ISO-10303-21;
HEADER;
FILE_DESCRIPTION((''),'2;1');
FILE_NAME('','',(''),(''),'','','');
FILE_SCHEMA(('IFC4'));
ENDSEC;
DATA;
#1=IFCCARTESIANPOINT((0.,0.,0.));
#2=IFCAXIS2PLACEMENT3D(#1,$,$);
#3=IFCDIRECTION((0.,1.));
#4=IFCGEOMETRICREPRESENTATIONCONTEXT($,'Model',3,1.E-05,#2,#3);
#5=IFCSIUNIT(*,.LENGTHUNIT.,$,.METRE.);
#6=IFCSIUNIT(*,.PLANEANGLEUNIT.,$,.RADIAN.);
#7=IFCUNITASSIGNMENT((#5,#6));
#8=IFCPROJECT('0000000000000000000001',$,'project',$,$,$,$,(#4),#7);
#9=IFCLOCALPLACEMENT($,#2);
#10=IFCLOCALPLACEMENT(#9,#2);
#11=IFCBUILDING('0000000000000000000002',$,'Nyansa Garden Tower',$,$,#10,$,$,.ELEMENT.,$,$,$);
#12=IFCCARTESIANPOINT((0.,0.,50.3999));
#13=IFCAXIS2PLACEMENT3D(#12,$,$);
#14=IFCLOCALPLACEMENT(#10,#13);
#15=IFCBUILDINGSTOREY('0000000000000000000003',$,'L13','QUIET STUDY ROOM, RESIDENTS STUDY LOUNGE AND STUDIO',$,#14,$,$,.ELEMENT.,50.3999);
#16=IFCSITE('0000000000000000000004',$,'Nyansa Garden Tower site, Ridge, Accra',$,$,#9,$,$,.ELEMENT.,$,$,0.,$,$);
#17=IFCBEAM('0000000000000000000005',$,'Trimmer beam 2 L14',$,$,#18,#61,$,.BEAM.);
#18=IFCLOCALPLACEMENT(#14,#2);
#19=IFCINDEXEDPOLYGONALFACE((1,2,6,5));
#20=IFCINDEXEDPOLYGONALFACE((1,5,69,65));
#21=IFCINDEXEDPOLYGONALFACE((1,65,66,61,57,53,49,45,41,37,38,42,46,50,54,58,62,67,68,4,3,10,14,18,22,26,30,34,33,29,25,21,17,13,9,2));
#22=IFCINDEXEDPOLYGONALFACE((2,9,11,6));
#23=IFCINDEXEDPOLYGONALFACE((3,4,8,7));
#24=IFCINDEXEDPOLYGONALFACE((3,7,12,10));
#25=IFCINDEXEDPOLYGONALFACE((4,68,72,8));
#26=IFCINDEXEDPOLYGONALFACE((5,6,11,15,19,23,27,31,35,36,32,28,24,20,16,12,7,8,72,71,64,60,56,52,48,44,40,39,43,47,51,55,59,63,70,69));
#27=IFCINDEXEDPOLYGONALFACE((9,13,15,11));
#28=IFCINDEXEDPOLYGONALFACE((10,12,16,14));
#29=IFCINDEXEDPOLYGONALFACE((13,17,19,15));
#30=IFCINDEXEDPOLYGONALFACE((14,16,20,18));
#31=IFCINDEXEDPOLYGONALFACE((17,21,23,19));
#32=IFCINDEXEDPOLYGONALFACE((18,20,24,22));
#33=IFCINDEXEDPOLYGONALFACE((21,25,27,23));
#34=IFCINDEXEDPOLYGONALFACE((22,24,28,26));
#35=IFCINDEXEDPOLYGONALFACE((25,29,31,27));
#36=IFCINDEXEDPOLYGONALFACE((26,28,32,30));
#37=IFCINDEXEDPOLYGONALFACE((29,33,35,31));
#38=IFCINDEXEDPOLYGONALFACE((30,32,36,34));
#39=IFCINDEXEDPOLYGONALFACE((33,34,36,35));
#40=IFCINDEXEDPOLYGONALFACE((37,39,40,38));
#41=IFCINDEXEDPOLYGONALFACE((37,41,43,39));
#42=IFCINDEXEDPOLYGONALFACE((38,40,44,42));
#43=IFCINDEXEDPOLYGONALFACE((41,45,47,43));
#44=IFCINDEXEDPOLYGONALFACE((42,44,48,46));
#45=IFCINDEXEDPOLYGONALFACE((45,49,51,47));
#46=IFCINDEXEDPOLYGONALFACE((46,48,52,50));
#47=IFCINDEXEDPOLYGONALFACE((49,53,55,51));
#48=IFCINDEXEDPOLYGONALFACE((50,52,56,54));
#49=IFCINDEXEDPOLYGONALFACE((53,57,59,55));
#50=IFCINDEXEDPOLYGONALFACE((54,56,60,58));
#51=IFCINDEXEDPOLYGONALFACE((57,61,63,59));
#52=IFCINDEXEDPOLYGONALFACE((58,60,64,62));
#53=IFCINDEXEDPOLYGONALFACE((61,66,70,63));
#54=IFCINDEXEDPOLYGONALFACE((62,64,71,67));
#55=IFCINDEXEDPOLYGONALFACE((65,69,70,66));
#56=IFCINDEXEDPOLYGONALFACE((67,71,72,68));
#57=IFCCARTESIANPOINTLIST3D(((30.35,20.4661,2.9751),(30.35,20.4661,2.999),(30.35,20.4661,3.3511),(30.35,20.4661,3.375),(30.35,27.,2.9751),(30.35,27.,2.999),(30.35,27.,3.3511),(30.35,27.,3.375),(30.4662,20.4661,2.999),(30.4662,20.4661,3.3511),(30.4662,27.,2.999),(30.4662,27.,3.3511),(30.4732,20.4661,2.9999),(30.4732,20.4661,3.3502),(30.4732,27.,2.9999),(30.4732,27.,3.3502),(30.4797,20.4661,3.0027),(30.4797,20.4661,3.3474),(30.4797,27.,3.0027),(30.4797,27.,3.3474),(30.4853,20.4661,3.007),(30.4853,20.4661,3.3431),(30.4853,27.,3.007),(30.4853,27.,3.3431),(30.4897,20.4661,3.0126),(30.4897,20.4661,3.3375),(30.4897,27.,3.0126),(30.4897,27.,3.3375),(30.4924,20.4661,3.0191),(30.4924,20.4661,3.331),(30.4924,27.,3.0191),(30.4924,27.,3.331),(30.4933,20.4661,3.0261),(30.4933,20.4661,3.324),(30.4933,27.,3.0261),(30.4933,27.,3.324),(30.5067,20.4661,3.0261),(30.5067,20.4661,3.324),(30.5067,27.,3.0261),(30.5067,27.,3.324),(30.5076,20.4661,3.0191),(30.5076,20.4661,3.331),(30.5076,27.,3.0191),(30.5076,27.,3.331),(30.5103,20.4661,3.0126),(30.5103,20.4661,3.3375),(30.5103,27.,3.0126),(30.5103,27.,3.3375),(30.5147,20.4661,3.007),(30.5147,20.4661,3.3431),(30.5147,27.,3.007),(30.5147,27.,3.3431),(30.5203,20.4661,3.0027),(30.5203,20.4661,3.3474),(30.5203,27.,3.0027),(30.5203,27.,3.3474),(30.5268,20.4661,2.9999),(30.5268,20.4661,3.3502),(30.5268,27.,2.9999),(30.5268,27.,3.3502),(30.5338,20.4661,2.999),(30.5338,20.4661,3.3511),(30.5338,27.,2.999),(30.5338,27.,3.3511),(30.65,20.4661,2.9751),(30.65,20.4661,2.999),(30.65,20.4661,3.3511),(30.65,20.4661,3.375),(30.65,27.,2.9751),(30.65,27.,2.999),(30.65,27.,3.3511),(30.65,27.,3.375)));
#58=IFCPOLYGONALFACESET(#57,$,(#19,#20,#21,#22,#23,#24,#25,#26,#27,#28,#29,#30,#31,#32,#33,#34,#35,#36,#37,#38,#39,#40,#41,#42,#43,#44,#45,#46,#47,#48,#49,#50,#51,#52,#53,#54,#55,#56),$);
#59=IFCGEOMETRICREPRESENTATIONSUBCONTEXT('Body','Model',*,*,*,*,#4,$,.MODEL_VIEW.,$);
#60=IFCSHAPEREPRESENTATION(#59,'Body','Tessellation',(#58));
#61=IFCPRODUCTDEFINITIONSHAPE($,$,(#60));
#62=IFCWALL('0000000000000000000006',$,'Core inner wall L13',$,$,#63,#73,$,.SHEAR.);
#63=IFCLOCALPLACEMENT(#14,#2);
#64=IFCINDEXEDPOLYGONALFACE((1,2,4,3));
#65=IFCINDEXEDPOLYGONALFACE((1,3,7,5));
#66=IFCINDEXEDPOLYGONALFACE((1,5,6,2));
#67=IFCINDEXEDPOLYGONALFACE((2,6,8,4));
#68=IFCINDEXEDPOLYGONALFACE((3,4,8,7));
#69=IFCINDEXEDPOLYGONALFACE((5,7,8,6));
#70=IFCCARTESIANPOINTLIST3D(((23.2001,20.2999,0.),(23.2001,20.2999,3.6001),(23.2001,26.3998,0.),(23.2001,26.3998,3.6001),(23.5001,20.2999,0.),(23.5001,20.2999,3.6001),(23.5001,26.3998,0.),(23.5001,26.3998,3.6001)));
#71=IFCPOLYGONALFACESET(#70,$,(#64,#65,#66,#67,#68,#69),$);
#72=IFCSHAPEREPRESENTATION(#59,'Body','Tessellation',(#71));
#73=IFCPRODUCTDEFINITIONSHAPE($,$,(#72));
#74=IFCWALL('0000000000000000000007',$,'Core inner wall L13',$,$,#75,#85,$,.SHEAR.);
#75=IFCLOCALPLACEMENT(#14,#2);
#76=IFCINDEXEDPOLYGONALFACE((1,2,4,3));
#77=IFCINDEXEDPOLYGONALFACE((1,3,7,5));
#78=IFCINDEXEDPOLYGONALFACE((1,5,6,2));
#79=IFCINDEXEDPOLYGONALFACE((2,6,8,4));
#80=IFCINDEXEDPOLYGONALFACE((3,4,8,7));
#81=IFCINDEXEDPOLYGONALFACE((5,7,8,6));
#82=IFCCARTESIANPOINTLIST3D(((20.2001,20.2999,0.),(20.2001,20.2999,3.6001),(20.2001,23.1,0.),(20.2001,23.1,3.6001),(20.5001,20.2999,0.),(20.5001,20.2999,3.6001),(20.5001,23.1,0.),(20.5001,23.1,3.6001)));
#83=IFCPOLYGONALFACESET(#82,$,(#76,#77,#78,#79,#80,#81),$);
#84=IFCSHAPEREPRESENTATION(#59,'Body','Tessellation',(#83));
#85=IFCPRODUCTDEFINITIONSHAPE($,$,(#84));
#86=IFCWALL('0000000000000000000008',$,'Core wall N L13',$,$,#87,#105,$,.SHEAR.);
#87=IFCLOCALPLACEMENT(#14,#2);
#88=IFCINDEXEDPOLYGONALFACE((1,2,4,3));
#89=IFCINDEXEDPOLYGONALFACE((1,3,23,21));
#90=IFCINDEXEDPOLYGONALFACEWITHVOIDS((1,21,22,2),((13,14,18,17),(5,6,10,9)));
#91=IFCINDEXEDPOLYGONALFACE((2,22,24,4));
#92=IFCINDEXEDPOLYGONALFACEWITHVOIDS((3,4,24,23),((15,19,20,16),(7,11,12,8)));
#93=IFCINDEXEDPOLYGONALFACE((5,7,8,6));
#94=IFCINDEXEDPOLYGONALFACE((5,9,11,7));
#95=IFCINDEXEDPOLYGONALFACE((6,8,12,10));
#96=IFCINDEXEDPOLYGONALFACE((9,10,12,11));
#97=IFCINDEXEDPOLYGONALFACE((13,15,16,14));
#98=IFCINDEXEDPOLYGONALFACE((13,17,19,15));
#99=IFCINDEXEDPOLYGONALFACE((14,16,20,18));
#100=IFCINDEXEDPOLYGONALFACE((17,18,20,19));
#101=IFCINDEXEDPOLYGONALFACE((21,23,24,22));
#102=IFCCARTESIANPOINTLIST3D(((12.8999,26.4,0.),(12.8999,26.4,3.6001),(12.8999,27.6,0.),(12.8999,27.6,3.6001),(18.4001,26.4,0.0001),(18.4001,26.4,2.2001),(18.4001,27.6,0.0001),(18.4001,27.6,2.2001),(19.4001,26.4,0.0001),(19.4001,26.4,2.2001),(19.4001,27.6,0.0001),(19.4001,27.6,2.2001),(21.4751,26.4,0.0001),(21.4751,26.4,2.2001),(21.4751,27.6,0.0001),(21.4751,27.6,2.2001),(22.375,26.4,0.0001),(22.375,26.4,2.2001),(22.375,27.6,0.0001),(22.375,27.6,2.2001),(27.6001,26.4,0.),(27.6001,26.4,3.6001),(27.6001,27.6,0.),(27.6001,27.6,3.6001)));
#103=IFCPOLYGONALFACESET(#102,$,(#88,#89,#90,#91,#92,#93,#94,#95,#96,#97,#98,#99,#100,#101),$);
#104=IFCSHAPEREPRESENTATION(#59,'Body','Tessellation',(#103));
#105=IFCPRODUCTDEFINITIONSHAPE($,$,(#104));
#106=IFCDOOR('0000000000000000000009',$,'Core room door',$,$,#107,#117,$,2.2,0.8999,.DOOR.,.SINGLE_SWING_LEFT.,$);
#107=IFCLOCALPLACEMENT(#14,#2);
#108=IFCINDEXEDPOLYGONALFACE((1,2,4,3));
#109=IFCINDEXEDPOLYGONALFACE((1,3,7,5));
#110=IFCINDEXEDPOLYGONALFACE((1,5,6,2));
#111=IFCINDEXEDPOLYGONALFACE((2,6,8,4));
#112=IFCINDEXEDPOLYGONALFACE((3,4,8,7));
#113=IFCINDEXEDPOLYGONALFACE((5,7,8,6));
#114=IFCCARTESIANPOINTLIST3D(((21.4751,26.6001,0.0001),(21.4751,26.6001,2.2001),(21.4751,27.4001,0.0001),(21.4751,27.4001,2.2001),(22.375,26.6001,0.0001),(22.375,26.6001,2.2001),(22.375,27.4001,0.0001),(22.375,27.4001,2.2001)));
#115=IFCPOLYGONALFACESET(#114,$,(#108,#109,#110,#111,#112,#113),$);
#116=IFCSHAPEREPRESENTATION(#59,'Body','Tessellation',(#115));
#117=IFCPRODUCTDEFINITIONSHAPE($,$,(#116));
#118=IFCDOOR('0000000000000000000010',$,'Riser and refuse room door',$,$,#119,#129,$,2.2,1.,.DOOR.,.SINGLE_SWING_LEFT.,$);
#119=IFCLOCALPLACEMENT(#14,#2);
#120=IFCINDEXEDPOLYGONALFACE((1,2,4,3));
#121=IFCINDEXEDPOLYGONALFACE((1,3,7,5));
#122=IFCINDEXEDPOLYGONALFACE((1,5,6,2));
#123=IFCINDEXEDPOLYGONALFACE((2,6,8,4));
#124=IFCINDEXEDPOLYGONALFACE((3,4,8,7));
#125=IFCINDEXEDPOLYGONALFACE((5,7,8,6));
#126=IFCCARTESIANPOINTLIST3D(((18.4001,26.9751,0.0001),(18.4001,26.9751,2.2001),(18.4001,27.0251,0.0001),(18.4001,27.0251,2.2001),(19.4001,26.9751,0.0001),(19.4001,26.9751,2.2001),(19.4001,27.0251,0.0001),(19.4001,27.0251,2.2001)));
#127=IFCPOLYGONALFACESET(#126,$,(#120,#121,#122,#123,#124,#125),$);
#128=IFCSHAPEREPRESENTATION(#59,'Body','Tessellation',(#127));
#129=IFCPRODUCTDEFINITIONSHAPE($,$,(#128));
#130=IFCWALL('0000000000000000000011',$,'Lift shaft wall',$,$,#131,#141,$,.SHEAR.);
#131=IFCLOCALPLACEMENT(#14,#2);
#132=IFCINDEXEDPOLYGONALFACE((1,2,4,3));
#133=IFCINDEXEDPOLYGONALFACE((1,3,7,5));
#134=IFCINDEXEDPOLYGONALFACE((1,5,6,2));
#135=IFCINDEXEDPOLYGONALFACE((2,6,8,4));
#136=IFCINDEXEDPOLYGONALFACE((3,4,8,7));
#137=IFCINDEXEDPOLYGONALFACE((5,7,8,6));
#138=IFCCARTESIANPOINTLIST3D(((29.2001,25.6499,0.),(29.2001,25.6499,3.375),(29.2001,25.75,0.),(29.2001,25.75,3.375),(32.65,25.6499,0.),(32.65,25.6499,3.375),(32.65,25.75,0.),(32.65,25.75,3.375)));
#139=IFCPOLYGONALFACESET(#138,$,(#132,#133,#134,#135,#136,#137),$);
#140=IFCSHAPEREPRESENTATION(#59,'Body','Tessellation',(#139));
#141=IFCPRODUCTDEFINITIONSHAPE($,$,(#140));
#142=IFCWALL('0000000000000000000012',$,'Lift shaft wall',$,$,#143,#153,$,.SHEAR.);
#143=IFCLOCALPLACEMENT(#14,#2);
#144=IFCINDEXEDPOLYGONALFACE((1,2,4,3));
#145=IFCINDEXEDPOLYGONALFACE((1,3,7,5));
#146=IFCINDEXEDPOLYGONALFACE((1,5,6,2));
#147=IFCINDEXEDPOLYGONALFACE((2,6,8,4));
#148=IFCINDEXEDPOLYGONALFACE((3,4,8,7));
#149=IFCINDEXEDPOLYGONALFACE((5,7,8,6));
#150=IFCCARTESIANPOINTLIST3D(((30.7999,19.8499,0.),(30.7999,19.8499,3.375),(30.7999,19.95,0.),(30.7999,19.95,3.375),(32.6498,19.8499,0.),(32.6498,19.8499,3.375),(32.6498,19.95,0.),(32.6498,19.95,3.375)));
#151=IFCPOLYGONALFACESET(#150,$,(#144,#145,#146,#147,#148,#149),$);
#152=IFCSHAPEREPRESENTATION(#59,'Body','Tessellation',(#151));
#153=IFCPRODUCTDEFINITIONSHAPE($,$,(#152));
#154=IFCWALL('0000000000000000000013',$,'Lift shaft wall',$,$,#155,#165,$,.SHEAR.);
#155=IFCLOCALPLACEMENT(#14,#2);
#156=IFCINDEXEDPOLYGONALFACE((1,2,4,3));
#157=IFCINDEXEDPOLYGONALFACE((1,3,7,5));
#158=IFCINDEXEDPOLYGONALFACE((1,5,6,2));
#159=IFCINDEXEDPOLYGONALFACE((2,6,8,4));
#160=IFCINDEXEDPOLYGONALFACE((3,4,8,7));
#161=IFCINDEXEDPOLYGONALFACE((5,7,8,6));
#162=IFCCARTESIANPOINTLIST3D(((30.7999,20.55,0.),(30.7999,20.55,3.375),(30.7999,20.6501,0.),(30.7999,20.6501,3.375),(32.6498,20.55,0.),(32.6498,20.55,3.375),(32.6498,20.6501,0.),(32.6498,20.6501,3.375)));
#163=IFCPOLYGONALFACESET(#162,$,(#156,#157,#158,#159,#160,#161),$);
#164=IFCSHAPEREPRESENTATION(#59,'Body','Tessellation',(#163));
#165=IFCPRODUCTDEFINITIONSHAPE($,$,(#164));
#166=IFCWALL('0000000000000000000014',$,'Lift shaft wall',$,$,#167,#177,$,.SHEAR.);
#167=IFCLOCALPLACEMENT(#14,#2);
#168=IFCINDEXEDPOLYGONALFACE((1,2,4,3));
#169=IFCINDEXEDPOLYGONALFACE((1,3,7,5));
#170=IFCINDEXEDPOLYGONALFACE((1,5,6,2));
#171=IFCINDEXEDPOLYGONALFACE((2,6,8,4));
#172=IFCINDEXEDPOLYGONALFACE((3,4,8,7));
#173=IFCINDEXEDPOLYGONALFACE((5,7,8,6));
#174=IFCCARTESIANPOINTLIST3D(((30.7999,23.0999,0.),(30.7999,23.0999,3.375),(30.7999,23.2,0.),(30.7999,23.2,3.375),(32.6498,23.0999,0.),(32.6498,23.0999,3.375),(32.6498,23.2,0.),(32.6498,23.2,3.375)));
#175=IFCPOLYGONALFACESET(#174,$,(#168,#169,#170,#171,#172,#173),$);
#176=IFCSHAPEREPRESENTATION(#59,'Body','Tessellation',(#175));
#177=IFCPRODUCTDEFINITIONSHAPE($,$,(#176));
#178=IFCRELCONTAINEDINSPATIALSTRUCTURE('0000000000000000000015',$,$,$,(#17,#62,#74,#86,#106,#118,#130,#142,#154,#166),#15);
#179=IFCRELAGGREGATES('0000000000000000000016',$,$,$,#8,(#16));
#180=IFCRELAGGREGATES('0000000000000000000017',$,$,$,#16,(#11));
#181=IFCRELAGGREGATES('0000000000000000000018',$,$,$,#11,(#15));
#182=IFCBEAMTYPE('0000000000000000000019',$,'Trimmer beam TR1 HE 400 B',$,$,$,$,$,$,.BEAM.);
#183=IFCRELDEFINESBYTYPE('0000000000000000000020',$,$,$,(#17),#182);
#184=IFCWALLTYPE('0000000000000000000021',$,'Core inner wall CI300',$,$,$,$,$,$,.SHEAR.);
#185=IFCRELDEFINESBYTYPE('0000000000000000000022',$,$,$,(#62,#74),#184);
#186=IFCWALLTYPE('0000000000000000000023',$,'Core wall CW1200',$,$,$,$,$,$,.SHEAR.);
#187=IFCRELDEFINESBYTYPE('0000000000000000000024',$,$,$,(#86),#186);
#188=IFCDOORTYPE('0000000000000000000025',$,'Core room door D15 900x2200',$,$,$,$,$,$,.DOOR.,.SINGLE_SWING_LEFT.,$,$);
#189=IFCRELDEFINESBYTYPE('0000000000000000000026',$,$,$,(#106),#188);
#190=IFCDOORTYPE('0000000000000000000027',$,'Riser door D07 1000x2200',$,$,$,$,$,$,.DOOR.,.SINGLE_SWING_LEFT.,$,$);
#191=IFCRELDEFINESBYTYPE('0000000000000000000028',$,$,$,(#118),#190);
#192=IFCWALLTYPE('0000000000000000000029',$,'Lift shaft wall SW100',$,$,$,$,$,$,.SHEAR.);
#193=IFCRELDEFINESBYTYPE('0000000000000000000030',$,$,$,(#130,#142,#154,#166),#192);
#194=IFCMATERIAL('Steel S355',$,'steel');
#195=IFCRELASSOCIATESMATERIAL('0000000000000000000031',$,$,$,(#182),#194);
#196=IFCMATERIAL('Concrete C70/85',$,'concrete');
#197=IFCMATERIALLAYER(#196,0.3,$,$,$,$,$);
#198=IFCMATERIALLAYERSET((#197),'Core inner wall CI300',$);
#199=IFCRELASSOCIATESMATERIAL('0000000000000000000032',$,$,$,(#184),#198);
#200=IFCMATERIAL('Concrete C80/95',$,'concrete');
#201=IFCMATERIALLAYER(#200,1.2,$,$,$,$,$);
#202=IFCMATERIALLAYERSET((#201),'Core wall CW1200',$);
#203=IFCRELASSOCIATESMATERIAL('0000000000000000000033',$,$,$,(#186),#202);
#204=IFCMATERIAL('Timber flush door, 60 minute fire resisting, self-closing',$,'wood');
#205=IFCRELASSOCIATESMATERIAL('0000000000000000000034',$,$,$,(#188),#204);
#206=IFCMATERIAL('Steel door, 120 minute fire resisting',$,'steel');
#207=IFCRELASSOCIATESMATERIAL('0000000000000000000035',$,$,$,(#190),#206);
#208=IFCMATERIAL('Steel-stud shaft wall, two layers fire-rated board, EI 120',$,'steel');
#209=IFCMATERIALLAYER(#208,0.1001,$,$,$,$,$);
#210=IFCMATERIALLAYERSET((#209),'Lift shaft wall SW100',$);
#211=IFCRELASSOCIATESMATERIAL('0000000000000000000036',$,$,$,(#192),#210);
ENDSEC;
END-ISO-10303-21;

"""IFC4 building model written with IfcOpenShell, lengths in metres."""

from ifc_helpers import new_model, si_unit, direction, frame, frame_2d, origin, origin_2d, place, context, subcontext, project, spatial, rectangle, i_section, extrude, material, layer, layer_set, material_profile, profile_set, type_object, element, fill, save


model = new_model("IFC4")

# Units and contexts
model_context = context("Model", 3, precision=1e-05, world=origin(), true_north=direction((0.0, 1.0)))
body_context = subcontext(model_context, "Body", "Model", "MODEL_VIEW")
ifc_project = project(units=[si_unit("LENGTHUNIT", "METRE"), si_unit("PLANEANGLEUNIT", "RADIAN")], contexts=[model_context])

# Site, building, storey
site_placement = place(None, origin())
site = spatial("IfcSite", under=ifc_project, at=site_placement, Name="Nyansa Garden Tower site, Ridge, Accra", CompositionType="ELEMENT", RefElevation=0.0)
building_placement = place(site_placement, origin())
building = spatial("IfcBuilding", under=site, at=building_placement, Name="Nyansa Garden Tower", CompositionType="ELEMENT")
storey_placement = place(building_placement, frame((0.0, 0.0, 50.3999)))
storey = spatial("IfcBuildingStorey", under=building, at=storey_placement, Name="L13", Description="QUIET STUDY ROOM, RESIDENTS STUDY LOUNGE AND STUDIO", CompositionType="ELEMENT", Elevation=50.3999)

# Beam
ifc_material_1 = material(Name="Steel S355", Category="steel")
ifc_material_profile_1 = material_profile(ifc_material_1, i_section(OverallWidth=0.3, OverallDepth=0.3999, WebThickness=0.0134, FlangeThickness=0.0239, FilletRadius=0.0271, at=origin_2d()), Name="HE 400 B")
ifc_profile_set_1 = profile_set([ifc_material_profile_1], Name="Steel S355")
beam_type_1 = type_object("IfcBeamType", Name="Trimmer beam TR1 HE 400 B", PredefinedType="BEAM", material=ifc_profile_set_1)
beam_1_placement = place(storey_placement, frame((30.5, 20.4661, 3.175), z_axis=(0.0, 1.0, 0.0), x_axis=(-1.0, 0.0, 0.0)))
element("IfcBeam", 1, at=beam_1_placement, inside=storey, type_object=beam_type_1, Name="Trimmer beam 2 L14", PredefinedType="BEAM", context=body_context, shape_type="SweptSolid", body=[
    extrude(i_section(OverallWidth=0.3, OverallDepth=0.3999, WebThickness=0.0134, FlangeThickness=0.0239, FilletRadius=0.0271, at=origin_2d()), origin(), (0.0, 0.0, 1.0), 6.5339),
])

# Walls
ifc_material_2 = material(Name="Concrete C70/85", Category="concrete")
ifc_layer_1 = layer(ifc_material_2, 0.3)
ifc_layer_set_1 = layer_set([ifc_layer_1], Name="Core inner wall CI300")
wall_type_1 = type_object("IfcWallType", Name="Core inner wall CI300", PredefinedType="SHEAR", material=ifc_layer_set_1)
wall_1_placement = place(storey_placement, frame((23.3501, 20.3, 0.0), z_axis=(0.0, 0.0, 1.0), x_axis=(0.0, 1.0, 0.0)))
element("IfcWall", 2, at=wall_1_placement, inside=storey, type_object=wall_type_1, Name="Core inner wall L13", PredefinedType="SHEAR", context=body_context, shape_type="SweptSolid", body=[
    extrude(rectangle(XDim=6.0999, YDim=0.3, at=frame_2d((3.0498, 0.0))), origin(), (0.0, 0.0, 1.0), 3.6001),
])
wall_2_placement = place(storey_placement, frame((20.3501, 20.3, 0.0), z_axis=(0.0, 0.0, 1.0), x_axis=(0.0, 1.0, 0.0)))
element("IfcWall", 3, at=wall_2_placement, inside=storey, type_object=wall_type_1, Name="Core inner wall L13", PredefinedType="SHEAR", context=body_context, shape_type="SweptSolid", body=[
    extrude(rectangle(XDim=2.8, YDim=0.3, at=frame_2d((1.3999, 0.0))), origin(), (0.0, 0.0, 1.0), 3.6001),
])

# Wall, openings, doors
ifc_material_3 = material(Name="Concrete C80/95", Category="concrete")
ifc_layer_2 = layer(ifc_material_3, 1.2)
ifc_layer_set_2 = layer_set([ifc_layer_2], Name="Core wall CW1200")
wall_type_2 = type_object("IfcWallType", Name="Core wall CW1200", PredefinedType="SHEAR", material=ifc_layer_set_2)
wall_3_placement = place(storey_placement, frame((27.6001, 27.0, 0.0), z_axis=(0.0, 0.0, 1.0), x_axis=(-1.0, 0.0, 0.0)))
wall_3 = element("IfcWall", 4, at=wall_3_placement, inside=storey, type_object=wall_type_2, Name="Core wall N L13", PredefinedType="SHEAR", context=body_context, shape_type="SweptSolid", body=[
    extrude(rectangle(XDim=14.7002, YDim=1.2, at=frame_2d((7.3501, 0.0))), origin(), (0.0, 0.0, 1.0), 3.6001),
])
opening_1_placement = place(wall_3_placement, frame((5.2251, 0.0, 0.0)))
opening_1 = element("IfcOpeningElement", 5, at=opening_1_placement, cuts=wall_3, PredefinedType="OPENING", context=body_context, shape_type="SweptSolid", body=[
    extrude(rectangle(XDim=0.8999, YDim=2.2, at=frame_2d((0.45, 1.1001))), frame((0.0, 0.6099, 0.0), z_axis=(0.0, -1.0, 0.0), x_axis=(1.0, 0.0, 0.0)), (0.0, 0.0, 1.0), 1.22),
])
opening_2_placement = place(wall_3_placement, frame((8.2, 0.0, 0.0)))
opening_2 = element("IfcOpeningElement", 6, at=opening_2_placement, cuts=wall_3, PredefinedType="OPENING", context=body_context, shape_type="SweptSolid", body=[
    extrude(rectangle(XDim=1.0, YDim=2.2, at=frame_2d((0.5, 1.1001))), frame((0.0, 0.6099, 0.0), z_axis=(0.0, -1.0, 0.0), x_axis=(1.0, 0.0, 0.0)), (0.0, 0.0, 1.0), 1.22),
])
ifc_material_4 = material(Name="Timber flush door, 60 minute fire resisting, self-closing", Category="wood")
door_type_1 = type_object("IfcDoorType", Name="Core room door D15 900x2200", OperationType="SINGLE_SWING_LEFT", PredefinedType="DOOR", material=ifc_material_4)
door_1_placement = place(opening_1_placement, origin())
door_1 = element("IfcDoor", 7, at=door_1_placement, inside=storey, type_object=door_type_1, Name="Core room door", OperationType="SINGLE_SWING_LEFT", OverallHeight=2.2, OverallWidth=0.8999, PredefinedType="DOOR", context=body_context, shape_type="SweptSolid", body=[
    extrude(rectangle(XDim=0.8999, YDim=2.2, at=frame_2d((0.45, 1.1001))), frame((0.0, 0.3999, 0.0), z_axis=(0.0, -1.0, 0.0), x_axis=(1.0, 0.0, 0.0)), (0.0, 0.0, 1.0), 0.8),
])
fill(opening_1, door_1)
ifc_material_5 = material(Name="Steel door, 120 minute fire resisting", Category="steel")
door_type_2 = type_object("IfcDoorType", Name="Riser door D07 1000x2200", OperationType="SINGLE_SWING_LEFT", PredefinedType="DOOR", material=ifc_material_5)
door_2_placement = place(opening_2_placement, origin())
door_2 = element("IfcDoor", 8, at=door_2_placement, inside=storey, type_object=door_type_2, Name="Riser and refuse room door", OperationType="SINGLE_SWING_LEFT", OverallHeight=2.2, OverallWidth=1.0, PredefinedType="DOOR", context=body_context, shape_type="SweptSolid", body=[
    extrude(rectangle(XDim=1.0, YDim=2.2, at=frame_2d((0.5, 1.1001))), frame((0.0, 0.0249, 0.0), z_axis=(0.0, -1.0, 0.0), x_axis=(1.0, 0.0, 0.0)), (0.0, 0.0, 1.0), 0.05),
])
fill(opening_2, door_2)

# Walls
ifc_material_6 = material(Name="Steel-stud shaft wall, two layers fire-rated board, EI 120", Category="steel")
ifc_layer_3 = layer(ifc_material_6, 0.1001)
ifc_layer_set_3 = layer_set([ifc_layer_3], Name="Lift shaft wall SW100")
wall_type_3 = type_object("IfcWallType", Name="Lift shaft wall SW100", PredefinedType="SHEAR", material=ifc_layer_set_3)
wall_4_placement = place(storey_placement, frame((29.2, 25.7, 0.0), z_axis=(0.0, 0.0, 1.0), x_axis=(1.0, 0.0, 0.0)))
element("IfcWall", 9, at=wall_4_placement, inside=storey, type_object=wall_type_3, Name="Lift shaft wall", PredefinedType="SHEAR", context=body_context, shape_type="SweptSolid", body=[
    extrude(rectangle(XDim=3.45, YDim=0.1001, at=frame_2d((1.7251, 0.0))), origin(), (0.0, 0.0, 1.0), 3.375),
])
for number, where, z_axis, x_axis, name in (
    (10, (30.8, 19.8999, 0.0), (0.0, 0.0, 1.0), (1.0, 0.0, 0.0), "Lift shaft wall"),
    (11, (30.8, 20.6001, 0.0), (0.0, 0.0, 1.0), (1.0, 0.0, 0.0), "Lift shaft wall"),
    (12, (30.8, 23.1499, 0.0), (0.0, 0.0, 1.0), (1.0, 0.0, 0.0), "Lift shaft wall"),
):
    element("IfcWall", number, at=place(storey_placement, frame(where, z_axis=z_axis, x_axis=x_axis)), inside=storey, type_object=wall_type_3, Name=name, PredefinedType="SHEAR", context=body_context, shape_type="SweptSolid", body=[
        extrude(rectangle(XDim=1.8499, YDim=0.1001, at=frame_2d((0.9248, 0.0))), origin(), (0.0, 0.0, 1.0), 3.375),
    ])

save(model, "model.ifc")
